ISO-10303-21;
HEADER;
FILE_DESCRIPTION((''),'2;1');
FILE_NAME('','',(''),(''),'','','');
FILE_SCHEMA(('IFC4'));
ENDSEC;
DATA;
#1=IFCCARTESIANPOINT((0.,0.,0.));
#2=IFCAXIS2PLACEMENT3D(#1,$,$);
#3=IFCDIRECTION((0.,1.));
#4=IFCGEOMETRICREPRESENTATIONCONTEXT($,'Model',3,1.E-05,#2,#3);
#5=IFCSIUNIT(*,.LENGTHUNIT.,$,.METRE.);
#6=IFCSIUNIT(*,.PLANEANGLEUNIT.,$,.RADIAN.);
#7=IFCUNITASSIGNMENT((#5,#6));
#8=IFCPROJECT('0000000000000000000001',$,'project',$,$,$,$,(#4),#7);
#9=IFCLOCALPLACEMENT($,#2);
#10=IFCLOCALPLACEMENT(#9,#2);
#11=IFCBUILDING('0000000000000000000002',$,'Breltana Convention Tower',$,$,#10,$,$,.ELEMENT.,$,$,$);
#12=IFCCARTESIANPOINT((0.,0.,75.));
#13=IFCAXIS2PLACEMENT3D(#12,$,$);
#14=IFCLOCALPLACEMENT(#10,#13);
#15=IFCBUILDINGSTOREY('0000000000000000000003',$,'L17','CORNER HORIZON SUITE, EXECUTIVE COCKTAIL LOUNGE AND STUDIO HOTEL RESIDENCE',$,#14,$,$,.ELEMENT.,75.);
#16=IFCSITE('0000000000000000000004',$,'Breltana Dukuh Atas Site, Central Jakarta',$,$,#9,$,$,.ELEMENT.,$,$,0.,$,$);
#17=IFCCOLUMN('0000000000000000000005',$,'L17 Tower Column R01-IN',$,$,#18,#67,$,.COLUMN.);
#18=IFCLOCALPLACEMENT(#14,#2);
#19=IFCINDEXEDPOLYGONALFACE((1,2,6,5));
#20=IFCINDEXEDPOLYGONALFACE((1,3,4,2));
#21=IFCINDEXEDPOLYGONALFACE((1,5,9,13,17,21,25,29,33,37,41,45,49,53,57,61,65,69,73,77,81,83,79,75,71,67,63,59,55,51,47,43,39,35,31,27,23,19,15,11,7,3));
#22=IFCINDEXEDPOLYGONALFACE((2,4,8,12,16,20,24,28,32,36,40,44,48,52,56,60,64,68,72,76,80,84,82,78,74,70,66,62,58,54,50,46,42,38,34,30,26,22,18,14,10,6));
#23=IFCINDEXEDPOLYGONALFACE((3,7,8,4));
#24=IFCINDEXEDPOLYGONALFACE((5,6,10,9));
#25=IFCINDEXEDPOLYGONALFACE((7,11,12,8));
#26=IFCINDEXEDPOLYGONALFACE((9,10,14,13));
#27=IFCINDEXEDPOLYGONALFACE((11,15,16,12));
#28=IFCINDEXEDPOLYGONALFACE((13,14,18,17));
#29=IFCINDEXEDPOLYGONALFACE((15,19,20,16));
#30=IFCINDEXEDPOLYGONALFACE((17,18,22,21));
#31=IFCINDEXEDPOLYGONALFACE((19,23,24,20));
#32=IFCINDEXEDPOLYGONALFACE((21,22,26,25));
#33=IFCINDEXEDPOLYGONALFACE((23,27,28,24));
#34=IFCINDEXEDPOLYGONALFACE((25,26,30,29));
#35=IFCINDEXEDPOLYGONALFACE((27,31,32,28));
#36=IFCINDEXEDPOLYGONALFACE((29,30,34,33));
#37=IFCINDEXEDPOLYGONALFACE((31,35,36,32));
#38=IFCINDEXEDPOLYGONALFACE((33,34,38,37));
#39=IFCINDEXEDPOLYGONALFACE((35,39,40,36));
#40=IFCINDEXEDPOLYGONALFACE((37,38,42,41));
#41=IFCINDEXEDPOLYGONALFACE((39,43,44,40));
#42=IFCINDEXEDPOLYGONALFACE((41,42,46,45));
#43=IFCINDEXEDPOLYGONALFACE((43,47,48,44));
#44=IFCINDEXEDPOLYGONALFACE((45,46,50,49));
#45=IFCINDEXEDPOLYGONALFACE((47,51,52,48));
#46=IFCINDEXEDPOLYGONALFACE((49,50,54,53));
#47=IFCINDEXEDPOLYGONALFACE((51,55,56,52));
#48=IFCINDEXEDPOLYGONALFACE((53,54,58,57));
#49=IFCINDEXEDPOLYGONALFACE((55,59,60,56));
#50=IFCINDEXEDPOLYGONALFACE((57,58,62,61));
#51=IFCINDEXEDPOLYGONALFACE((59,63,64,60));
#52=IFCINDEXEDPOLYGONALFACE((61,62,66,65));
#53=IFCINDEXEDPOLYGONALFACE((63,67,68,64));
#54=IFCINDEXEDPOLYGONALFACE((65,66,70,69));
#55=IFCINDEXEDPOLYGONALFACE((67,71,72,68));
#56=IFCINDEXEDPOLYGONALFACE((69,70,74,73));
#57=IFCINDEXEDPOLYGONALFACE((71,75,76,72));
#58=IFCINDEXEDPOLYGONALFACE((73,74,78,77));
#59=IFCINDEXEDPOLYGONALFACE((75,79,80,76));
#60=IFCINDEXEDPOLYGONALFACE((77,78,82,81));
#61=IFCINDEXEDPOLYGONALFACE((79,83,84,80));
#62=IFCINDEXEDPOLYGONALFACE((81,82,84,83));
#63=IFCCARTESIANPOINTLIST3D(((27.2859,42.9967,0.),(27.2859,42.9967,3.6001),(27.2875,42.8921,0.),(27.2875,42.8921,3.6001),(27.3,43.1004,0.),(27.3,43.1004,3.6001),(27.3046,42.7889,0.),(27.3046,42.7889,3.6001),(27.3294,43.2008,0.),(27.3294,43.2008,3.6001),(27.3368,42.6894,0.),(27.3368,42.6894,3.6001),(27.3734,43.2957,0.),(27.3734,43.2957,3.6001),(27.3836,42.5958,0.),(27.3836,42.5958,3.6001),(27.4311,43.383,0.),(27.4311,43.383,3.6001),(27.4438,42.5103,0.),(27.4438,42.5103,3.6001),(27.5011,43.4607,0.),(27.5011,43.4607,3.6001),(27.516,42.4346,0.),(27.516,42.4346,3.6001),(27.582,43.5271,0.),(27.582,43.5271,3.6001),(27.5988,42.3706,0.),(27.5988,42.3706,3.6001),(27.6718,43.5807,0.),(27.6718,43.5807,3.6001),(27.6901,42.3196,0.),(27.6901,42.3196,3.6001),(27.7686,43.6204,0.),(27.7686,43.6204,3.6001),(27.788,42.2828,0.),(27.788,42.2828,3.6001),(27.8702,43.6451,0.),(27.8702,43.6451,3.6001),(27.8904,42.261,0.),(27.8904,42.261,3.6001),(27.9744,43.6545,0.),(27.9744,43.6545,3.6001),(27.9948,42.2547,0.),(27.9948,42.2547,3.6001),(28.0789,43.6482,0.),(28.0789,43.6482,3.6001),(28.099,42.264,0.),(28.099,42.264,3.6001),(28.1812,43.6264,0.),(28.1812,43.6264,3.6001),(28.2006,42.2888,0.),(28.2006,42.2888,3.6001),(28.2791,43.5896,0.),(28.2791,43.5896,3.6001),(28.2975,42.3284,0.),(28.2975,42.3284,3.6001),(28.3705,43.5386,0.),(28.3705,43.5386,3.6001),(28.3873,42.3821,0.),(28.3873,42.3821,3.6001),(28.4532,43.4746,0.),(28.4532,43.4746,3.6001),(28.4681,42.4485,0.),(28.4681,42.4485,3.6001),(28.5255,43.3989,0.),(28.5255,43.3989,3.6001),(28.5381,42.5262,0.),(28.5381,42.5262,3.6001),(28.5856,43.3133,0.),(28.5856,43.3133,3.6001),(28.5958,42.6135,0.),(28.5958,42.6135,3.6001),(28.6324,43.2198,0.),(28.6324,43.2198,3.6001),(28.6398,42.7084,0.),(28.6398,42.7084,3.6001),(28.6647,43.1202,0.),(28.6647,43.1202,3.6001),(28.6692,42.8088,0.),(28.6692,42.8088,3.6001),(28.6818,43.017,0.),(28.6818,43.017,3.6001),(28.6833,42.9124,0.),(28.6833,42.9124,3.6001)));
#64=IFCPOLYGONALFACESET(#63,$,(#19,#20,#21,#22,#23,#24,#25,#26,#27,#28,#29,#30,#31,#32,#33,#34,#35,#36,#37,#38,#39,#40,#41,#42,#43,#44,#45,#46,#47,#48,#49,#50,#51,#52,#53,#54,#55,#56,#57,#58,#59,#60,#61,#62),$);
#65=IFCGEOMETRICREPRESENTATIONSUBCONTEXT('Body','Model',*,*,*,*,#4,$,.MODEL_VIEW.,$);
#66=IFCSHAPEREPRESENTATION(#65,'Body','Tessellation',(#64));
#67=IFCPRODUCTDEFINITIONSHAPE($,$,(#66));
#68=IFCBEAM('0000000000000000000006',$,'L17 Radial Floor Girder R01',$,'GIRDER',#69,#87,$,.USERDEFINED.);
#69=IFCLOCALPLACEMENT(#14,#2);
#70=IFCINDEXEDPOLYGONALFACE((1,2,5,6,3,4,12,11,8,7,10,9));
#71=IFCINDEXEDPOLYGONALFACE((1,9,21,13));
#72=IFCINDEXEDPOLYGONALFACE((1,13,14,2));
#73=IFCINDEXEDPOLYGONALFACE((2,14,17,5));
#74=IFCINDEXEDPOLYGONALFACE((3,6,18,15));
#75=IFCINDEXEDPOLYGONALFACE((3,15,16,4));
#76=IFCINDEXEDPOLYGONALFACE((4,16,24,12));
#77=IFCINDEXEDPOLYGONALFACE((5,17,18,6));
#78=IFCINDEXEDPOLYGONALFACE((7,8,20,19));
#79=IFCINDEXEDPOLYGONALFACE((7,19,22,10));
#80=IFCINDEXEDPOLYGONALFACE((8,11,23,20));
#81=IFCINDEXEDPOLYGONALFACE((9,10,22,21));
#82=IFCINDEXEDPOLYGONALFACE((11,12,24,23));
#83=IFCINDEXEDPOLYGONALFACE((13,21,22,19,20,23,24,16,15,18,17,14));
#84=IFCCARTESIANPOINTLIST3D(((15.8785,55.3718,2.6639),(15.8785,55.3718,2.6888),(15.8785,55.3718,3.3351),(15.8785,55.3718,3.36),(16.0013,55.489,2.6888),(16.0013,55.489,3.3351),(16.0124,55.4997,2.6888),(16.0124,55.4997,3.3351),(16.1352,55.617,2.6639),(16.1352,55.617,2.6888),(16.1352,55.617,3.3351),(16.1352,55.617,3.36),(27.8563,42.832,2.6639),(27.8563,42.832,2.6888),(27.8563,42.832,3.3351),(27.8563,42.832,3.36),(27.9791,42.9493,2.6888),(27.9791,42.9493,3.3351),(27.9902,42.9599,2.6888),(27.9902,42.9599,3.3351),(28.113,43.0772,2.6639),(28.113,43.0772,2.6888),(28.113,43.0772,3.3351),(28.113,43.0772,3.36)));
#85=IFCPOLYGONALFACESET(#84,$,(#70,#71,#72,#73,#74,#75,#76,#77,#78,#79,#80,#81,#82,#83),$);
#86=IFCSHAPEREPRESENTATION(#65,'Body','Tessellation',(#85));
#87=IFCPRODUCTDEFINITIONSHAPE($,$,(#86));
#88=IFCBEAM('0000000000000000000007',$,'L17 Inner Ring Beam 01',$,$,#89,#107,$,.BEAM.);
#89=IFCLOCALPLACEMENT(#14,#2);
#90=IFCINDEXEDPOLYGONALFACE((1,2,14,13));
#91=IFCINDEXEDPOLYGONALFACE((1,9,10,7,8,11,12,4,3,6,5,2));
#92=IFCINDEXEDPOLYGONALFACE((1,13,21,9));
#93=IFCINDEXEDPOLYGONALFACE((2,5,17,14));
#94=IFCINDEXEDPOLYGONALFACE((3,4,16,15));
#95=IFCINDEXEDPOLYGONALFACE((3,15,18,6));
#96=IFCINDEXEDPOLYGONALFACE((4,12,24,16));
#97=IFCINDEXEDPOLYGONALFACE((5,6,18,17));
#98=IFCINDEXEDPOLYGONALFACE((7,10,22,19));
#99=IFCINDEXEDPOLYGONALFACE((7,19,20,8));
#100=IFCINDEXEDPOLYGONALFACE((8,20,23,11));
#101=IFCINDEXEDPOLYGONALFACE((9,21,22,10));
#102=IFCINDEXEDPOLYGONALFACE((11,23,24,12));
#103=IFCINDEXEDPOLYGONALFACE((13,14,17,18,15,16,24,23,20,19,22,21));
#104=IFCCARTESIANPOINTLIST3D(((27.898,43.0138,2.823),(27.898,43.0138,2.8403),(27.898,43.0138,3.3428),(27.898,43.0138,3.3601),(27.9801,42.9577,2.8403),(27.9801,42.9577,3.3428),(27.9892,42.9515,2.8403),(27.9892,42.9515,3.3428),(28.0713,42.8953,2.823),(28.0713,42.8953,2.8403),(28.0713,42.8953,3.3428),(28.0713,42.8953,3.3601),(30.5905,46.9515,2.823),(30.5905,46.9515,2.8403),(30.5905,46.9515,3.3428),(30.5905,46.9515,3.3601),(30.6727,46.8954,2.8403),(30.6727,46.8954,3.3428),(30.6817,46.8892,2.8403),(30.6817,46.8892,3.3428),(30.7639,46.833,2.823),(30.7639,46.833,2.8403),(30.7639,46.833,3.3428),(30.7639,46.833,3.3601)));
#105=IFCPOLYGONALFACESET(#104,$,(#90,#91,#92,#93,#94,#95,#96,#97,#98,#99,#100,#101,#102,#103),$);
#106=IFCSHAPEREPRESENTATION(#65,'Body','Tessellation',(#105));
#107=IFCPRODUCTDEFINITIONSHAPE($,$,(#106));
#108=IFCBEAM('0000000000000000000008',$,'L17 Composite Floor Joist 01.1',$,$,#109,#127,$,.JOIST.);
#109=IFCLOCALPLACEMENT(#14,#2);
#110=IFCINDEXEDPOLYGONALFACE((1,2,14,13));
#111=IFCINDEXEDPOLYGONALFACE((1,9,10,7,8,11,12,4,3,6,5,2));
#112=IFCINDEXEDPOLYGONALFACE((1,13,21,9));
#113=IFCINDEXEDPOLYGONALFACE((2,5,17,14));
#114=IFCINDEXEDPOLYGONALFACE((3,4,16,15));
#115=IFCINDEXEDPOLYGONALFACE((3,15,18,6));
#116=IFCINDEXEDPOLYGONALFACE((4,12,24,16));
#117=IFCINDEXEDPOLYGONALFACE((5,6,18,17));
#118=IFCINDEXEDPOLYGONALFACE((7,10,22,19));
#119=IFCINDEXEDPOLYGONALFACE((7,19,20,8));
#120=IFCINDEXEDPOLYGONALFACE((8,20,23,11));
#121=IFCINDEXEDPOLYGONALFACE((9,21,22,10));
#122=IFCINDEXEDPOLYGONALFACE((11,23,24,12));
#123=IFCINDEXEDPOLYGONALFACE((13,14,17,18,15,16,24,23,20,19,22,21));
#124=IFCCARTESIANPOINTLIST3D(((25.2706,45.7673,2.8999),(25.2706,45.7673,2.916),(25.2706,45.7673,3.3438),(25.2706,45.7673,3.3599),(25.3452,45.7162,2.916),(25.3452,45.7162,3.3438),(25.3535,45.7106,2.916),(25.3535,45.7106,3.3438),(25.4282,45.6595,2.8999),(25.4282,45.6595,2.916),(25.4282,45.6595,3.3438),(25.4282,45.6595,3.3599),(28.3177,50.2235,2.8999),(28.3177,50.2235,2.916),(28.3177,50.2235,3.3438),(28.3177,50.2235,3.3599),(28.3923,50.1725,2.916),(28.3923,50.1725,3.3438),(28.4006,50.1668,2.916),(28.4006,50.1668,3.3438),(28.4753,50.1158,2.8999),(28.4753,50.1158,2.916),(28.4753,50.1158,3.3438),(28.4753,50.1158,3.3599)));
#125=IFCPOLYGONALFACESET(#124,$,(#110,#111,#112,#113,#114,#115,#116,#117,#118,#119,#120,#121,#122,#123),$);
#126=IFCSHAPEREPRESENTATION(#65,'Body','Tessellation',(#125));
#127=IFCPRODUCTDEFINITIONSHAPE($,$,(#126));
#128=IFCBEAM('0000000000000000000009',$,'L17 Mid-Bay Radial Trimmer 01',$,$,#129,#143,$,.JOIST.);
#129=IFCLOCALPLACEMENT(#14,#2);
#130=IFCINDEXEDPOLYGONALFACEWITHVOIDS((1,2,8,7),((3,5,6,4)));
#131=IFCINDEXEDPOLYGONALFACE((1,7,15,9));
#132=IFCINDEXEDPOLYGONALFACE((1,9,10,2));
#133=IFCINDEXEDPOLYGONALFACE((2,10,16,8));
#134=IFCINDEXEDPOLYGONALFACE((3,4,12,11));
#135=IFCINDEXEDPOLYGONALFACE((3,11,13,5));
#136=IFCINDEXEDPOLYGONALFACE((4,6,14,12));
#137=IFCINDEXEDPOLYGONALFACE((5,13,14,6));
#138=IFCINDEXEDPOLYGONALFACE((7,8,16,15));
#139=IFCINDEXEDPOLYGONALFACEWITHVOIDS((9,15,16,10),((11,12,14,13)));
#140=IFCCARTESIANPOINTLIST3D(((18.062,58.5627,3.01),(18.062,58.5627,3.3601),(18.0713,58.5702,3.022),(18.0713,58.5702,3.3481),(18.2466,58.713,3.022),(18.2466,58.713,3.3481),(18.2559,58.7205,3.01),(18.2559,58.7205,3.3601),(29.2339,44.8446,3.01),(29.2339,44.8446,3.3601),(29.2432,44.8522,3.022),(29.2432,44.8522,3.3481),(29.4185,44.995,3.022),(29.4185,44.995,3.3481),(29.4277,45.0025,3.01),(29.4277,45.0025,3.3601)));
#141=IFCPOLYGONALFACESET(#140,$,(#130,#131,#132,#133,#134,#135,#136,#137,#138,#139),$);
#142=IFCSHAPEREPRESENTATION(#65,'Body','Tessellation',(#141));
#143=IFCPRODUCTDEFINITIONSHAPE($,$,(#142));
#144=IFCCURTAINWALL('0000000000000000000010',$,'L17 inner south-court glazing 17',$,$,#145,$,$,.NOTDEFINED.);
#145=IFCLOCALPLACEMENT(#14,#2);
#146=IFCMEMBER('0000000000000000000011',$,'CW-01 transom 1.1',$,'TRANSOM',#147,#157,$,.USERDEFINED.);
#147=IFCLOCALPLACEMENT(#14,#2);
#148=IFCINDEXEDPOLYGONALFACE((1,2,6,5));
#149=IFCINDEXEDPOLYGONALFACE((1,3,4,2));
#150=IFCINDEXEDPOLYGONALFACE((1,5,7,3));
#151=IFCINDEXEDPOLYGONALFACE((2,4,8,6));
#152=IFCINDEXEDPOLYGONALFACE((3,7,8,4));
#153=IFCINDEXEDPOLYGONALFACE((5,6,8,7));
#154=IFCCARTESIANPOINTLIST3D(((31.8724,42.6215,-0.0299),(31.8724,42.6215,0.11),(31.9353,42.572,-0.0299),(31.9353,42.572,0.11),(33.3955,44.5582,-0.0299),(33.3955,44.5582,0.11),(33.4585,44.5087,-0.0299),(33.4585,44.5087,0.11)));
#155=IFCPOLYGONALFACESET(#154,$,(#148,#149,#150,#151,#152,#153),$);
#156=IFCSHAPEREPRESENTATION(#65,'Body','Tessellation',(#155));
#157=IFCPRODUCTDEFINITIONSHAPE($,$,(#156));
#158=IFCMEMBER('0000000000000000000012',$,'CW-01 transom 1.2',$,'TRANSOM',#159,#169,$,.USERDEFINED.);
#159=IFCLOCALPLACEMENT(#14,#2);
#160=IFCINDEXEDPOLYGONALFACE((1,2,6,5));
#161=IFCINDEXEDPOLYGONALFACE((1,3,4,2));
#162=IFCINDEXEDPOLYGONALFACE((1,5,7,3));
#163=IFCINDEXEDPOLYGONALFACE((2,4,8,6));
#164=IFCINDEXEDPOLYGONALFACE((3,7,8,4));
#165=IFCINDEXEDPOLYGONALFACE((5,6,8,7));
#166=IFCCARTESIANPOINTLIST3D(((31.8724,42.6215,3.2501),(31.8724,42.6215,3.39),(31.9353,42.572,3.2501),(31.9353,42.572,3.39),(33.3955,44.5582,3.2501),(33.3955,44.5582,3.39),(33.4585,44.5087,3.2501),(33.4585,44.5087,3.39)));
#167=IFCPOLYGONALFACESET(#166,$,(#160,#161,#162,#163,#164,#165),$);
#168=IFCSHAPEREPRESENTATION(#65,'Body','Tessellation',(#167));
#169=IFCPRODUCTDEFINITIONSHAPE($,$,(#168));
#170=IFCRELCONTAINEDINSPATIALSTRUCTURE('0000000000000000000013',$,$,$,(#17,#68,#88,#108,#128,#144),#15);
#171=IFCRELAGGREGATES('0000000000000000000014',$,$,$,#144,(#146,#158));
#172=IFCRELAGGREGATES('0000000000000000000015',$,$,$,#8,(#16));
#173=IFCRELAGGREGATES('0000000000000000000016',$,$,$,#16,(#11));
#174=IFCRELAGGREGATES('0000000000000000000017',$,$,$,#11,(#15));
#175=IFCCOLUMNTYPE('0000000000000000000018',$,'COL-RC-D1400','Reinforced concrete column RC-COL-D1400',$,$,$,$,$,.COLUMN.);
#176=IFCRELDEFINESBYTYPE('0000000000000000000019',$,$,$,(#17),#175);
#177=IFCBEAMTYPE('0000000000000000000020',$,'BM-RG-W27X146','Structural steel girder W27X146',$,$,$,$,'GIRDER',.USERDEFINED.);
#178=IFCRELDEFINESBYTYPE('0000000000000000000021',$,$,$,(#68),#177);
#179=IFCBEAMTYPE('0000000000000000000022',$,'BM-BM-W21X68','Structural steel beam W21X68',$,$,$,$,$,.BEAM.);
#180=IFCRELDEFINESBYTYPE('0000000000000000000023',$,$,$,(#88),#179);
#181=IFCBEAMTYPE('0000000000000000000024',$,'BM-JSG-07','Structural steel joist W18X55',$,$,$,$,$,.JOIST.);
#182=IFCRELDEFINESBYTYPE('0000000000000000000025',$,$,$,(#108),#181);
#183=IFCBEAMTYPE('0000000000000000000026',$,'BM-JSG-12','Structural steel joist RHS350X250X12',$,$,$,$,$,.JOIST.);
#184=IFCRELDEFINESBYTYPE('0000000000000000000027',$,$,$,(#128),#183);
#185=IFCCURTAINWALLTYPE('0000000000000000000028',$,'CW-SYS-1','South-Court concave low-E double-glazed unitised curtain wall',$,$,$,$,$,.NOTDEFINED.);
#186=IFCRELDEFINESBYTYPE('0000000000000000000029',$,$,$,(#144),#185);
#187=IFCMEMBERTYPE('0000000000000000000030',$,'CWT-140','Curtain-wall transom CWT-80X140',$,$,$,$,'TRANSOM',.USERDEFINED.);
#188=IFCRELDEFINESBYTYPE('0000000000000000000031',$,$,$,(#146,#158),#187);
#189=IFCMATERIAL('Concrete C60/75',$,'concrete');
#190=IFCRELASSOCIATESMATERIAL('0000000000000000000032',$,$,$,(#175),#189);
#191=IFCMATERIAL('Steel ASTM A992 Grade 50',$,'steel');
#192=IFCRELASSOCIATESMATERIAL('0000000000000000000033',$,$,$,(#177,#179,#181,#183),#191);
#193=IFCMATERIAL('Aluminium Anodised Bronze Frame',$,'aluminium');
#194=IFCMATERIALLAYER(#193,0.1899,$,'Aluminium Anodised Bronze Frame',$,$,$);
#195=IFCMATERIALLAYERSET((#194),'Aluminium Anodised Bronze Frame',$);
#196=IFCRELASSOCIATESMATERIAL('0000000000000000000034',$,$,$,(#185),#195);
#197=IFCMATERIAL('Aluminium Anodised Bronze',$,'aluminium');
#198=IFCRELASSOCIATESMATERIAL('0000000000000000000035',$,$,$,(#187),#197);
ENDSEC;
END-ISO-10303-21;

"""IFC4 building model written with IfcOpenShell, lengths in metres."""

from ifc_helpers import new_model, si_unit, direction, frame, origin, origin_2d, place, context, subcontext, project, spatial, rectangle, hollow_rectangle, circle, i_section, extrude, source, transform, mapped, material, layer, layer_set, material_profile, profile_set, type_object, type_shapes, element, aggregate, save


model = new_model("IFC4")

# Units and contexts
model_context = context("Model", 3, precision=1e-05, world=origin(), true_north=direction((0.0, 1.0)))
body_context = subcontext(model_context, "Body", "Model", "MODEL_VIEW")
ifc_project = project(units=[si_unit("LENGTHUNIT", "METRE"), si_unit("PLANEANGLEUNIT", "RADIAN")], contexts=[model_context])

# Site, building, storey
site_placement = place(None, origin())
site = spatial("IfcSite", under=ifc_project, at=site_placement, Name="Breltana Dukuh Atas Site, Central Jakarta", CompositionType="ELEMENT", RefElevation=0.0)
building_placement = place(site_placement, origin())
building = spatial("IfcBuilding", under=site, at=building_placement, Name="Breltana Convention Tower", CompositionType="ELEMENT")
storey_placement = place(building_placement, frame((0.0, 0.0, 75.0)))
storey = spatial("IfcBuildingStorey", under=building, at=storey_placement, Name="L17", Description="CORNER HORIZON SUITE, EXECUTIVE COCKTAIL LOUNGE AND STUDIO HOTEL RESIDENCE", CompositionType="ELEMENT", Elevation=75.0)

# Column
ifc_material_1 = material(Name="Concrete C60/75", Category="concrete")
ifc_material_profile_1 = material_profile(ifc_material_1, circle(Radius=0.7, at=origin_2d()), Name="RC-COL-D1400")
ifc_profile_set_1 = profile_set([ifc_material_profile_1], Name="Concrete C60/75")
column_type = type_object("IfcColumnType", Name="COL-RC-D1400", Description="Reinforced concrete column RC-COL-D1400", PredefinedType="COLUMN", material=ifc_profile_set_1)
shared_shape_1 = source(origin(), body_context, "Body", "SweptSolid", [
    extrude(circle(Radius=0.7, at=origin_2d()), origin(), (0.0, 0.0, 1.0), 3.6001),
])
column_placement = place(storey_placement, frame((27.9846, 42.9546, 0.0), z_axis=(0.0, 0.0, 1.0), x_axis=(-0.690756, 0.723088, 0.0)))
element("IfcColumn", 1, at=column_placement, inside=storey, type_object=column_type, Name="L17 Tower Column R01-IN", PredefinedType="COLUMN", context=body_context, shape_type="MappedRepresentation", body=[
    mapped(shared_shape_1, transform((0.0, 0.0, 0.0), scale=1.0)),
])

# Beams
ifc_material_2 = material(Name="Steel ASTM A992 Grade 50", Category="steel")
ifc_material_profile_2 = material_profile(ifc_material_2, i_section(OverallWidth=0.355, OverallDepth=0.696, WebThickness=0.0154, FlangeThickness=0.0249, at=origin_2d()), Name="W27X146")
ifc_profile_set_2 = profile_set([ifc_material_profile_2], Name="Steel ASTM A992 Grade 50")
beam_type_1 = type_object("IfcBeamType", Name="BM-RG-W27X146", Description="Structural steel girder W27X146", ElementType="GIRDER", PredefinedType="USERDEFINED", material=ifc_profile_set_2)
shared_shape_2 = source(origin(), body_context, "Body", "SweptSolid", [
    extrude(i_section(OverallWidth=0.355, OverallDepth=0.696, WebThickness=0.0154, FlangeThickness=0.0249, at=origin_2d()), origin(), (0.0, 0.0, 1.0), 17.3411),
])
type_shapes(beam_type_1, [shared_shape_2])
beam_1_placement = place(storey_placement, frame((27.9846, 42.9546, 3.012), z_axis=(-0.690716, 0.723126, 0.0), x_axis=(-0.723126, -0.690716, 0.0)))
element("IfcBeam", 2, at=beam_1_placement, inside=storey, type_object=beam_type_1, Name="L17 Radial Floor Girder R01", ObjectType="GIRDER", PredefinedType="USERDEFINED", context=body_context, shape_type="MappedRepresentation", body=[
    mapped(shared_shape_2, transform((0.0, 0.0, 0.0), scale=1.0)),
])
ifc_material_profile_3 = material_profile(ifc_material_2, i_section(OverallWidth=0.21, OverallDepth=0.5371, WebThickness=0.011, FlangeThickness=0.0173, at=origin_2d()), Name="W21X68")
ifc_profile_set_3 = profile_set([ifc_material_profile_3], Name="Steel ASTM A992 Grade 50")
beam_type_2 = type_object("IfcBeamType", Name="BM-BM-W21X68", Description="Structural steel beam W21X68", PredefinedType="BEAM", material=ifc_profile_set_3)
shared_shape_3 = source(origin(), body_context, "Body", "SweptSolid", [
    extrude(i_section(OverallWidth=0.21, OverallDepth=0.5371, WebThickness=0.011, FlangeThickness=0.0173, at=origin_2d()), origin(), (0.0, 0.0, 1.0), 4.7703),
])
beam_2_placement = place(storey_placement, frame((27.9846, 42.9546, 3.0916), z_axis=(0.564453, 0.825465, 0.0), x_axis=(-0.825465, 0.564453, 0.0)))
element("IfcBeam", 3, at=beam_2_placement, inside=storey, type_object=beam_type_2, Name="L17 Inner Ring Beam 01", PredefinedType="BEAM", context=body_context, shape_type="MappedRepresentation", body=[
    mapped(shared_shape_3, transform((0.0, 0.0, 0.0), scale=1.0)),
])
ifc_material_profile_4 = material_profile(ifc_material_2, i_section(OverallWidth=0.1909, OverallDepth=0.46, WebThickness=0.01, FlangeThickness=0.0161, at=origin_2d()), Name="W18X55")
ifc_profile_set_4 = profile_set([ifc_material_profile_4], Name="Steel ASTM A992 Grade 50")
beam_type_3 = type_object("IfcBeamType", Name="BM-JSG-07", Description="Structural steel joist W18X55", PredefinedType="JOIST", material=ifc_profile_set_4)
shared_shape_4 = source(origin(), body_context, "Body", "SweptSolid", [
    extrude(i_section(OverallWidth=0.1909, OverallDepth=0.46, WebThickness=0.01, FlangeThickness=0.0161, at=origin_2d()), origin(), (0.0, 0.0, 1.0), 5.3984),
])
type_shapes(beam_type_3, [shared_shape_4])
beam_3_placement = place(storey_placement, frame((25.3494, 45.7134, 3.1299), z_axis=(0.564441, 0.825474, 0.0), x_axis=(-0.825474, 0.564441, 0.0)))
element("IfcBeam", 4, at=beam_3_placement, inside=storey, type_object=beam_type_3, Name="L17 Composite Floor Joist 01.1", PredefinedType="JOIST", context=body_context, shape_type="MappedRepresentation", body=[
    mapped(shared_shape_4, transform((0.0, 0.0, 0.0), scale=1.0)),
])
ifc_material_profile_5 = material_profile(ifc_material_2, hollow_rectangle(XDim=0.25, YDim=0.3501, WallThickness=0.012, at=origin_2d()), Name="RHS350X250X12")
ifc_profile_set_5 = profile_set([ifc_material_profile_5], Name="Steel ASTM A992 Grade 50")
beam_type_4 = type_object("IfcBeamType", Name="BM-JSG-12", Description="Structural steel joist RHS350X250X12", PredefinedType="JOIST", material=ifc_profile_set_5)
shared_shape_5 = source(origin(), body_context, "Body", "SweptSolid", [
    extrude(hollow_rectangle(XDim=0.25, YDim=0.3501, WallThickness=0.012, at=origin_2d()), origin(), (0.0, 0.0, 1.0), 17.6917),
])
type_shapes(beam_type_4, [shared_shape_5])
beam_4_placement = place(storey_placement, frame((29.3308, 44.9236, 3.1851), z_axis=(-0.631477, 0.775395, 0.0), x_axis=(-0.775395, -0.631477, 0.0)))
element("IfcBeam", 5, at=beam_4_placement, inside=storey, type_object=beam_type_4, Name="L17 Mid-Bay Radial Trimmer 01", PredefinedType="JOIST", context=body_context, shape_type="MappedRepresentation", body=[
    mapped(shared_shape_5, transform((0.0, 0.0, 0.0), scale=1.0)),
])

# Curtain wall, members
ifc_material_3 = material(Name="Aluminium Anodised Bronze Frame", Category="aluminium")
ifc_layer_1 = layer(ifc_material_3, 0.1899, Name="Aluminium Anodised Bronze Frame")
ifc_layer_set_1 = layer_set([ifc_layer_1], Name="Aluminium Anodised Bronze Frame")
curtain_wall_type = type_object("IfcCurtainWallType", Name="CW-SYS-1", Description="South-Court concave low-E double-glazed unitised curtain wall", PredefinedType="NOTDEFINED", material=ifc_layer_set_1)
curtain_wall_1_placement = place(storey_placement, origin())
curtain_wall_1 = element("IfcCurtainWall", 6, at=curtain_wall_1_placement, inside=storey, type_object=curtain_wall_type, Name="L17 inner south-court glazing 17", PredefinedType="NOTDEFINED")
ifc_material_4 = material(Name="Aluminium Anodised Bronze", Category="aluminium")
ifc_material_profile_6 = material_profile(ifc_material_4, rectangle(XDim=0.0801, YDim=0.1399, at=origin_2d()), Name="CWT-80X140")
ifc_profile_set_6 = profile_set([ifc_material_profile_6], Name="Aluminium Anodised Bronze")
member_type_1 = type_object("IfcMemberType", Name="CWT-140", Description="Curtain-wall transom CWT-80X140", ElementType="TRANSOM", PredefinedType="USERDEFINED", material=ifc_profile_set_6)
shared_shape_6 = source(origin(), body_context, "Body", "SweptSolid", [
    extrude(rectangle(XDim=0.0801, YDim=0.1399, at=origin_2d()), origin(), (0.0, 0.0, 1.0), 2.4639),
])
member_1_placement = place(storey_placement, frame((33.427, 44.5334, 0.04), z_axis=(-0.618185, -0.786033, 0.0), x_axis=(0.786033, -0.618185, 0.0)))
member_1 = element("IfcMember", 7, at=member_1_placement, type_object=member_type_1, Name="CW-01 transom 1.1", ObjectType="TRANSOM", PredefinedType="USERDEFINED", context=body_context, shape_type="MappedRepresentation", body=[
    mapped(shared_shape_6, transform((0.0, 0.0, 0.0), scale=1.0)),
])
member_2_placement = place(storey_placement, frame((33.427, 44.5334, 3.3201), z_axis=(-0.618185, -0.786033, 0.0), x_axis=(0.786033, -0.618185, 0.0)))
member_2 = element("IfcMember", 8, at=member_2_placement, type_object=member_type_1, Name="CW-01 transom 1.2", ObjectType="TRANSOM", PredefinedType="USERDEFINED", context=body_context, shape_type="MappedRepresentation", body=[
    mapped(shared_shape_6, transform((0.0, 0.0, 0.0), scale=1.0)),
])

aggregate(curtain_wall_1, [member_1, member_2])

save(model, "model.ifc")
